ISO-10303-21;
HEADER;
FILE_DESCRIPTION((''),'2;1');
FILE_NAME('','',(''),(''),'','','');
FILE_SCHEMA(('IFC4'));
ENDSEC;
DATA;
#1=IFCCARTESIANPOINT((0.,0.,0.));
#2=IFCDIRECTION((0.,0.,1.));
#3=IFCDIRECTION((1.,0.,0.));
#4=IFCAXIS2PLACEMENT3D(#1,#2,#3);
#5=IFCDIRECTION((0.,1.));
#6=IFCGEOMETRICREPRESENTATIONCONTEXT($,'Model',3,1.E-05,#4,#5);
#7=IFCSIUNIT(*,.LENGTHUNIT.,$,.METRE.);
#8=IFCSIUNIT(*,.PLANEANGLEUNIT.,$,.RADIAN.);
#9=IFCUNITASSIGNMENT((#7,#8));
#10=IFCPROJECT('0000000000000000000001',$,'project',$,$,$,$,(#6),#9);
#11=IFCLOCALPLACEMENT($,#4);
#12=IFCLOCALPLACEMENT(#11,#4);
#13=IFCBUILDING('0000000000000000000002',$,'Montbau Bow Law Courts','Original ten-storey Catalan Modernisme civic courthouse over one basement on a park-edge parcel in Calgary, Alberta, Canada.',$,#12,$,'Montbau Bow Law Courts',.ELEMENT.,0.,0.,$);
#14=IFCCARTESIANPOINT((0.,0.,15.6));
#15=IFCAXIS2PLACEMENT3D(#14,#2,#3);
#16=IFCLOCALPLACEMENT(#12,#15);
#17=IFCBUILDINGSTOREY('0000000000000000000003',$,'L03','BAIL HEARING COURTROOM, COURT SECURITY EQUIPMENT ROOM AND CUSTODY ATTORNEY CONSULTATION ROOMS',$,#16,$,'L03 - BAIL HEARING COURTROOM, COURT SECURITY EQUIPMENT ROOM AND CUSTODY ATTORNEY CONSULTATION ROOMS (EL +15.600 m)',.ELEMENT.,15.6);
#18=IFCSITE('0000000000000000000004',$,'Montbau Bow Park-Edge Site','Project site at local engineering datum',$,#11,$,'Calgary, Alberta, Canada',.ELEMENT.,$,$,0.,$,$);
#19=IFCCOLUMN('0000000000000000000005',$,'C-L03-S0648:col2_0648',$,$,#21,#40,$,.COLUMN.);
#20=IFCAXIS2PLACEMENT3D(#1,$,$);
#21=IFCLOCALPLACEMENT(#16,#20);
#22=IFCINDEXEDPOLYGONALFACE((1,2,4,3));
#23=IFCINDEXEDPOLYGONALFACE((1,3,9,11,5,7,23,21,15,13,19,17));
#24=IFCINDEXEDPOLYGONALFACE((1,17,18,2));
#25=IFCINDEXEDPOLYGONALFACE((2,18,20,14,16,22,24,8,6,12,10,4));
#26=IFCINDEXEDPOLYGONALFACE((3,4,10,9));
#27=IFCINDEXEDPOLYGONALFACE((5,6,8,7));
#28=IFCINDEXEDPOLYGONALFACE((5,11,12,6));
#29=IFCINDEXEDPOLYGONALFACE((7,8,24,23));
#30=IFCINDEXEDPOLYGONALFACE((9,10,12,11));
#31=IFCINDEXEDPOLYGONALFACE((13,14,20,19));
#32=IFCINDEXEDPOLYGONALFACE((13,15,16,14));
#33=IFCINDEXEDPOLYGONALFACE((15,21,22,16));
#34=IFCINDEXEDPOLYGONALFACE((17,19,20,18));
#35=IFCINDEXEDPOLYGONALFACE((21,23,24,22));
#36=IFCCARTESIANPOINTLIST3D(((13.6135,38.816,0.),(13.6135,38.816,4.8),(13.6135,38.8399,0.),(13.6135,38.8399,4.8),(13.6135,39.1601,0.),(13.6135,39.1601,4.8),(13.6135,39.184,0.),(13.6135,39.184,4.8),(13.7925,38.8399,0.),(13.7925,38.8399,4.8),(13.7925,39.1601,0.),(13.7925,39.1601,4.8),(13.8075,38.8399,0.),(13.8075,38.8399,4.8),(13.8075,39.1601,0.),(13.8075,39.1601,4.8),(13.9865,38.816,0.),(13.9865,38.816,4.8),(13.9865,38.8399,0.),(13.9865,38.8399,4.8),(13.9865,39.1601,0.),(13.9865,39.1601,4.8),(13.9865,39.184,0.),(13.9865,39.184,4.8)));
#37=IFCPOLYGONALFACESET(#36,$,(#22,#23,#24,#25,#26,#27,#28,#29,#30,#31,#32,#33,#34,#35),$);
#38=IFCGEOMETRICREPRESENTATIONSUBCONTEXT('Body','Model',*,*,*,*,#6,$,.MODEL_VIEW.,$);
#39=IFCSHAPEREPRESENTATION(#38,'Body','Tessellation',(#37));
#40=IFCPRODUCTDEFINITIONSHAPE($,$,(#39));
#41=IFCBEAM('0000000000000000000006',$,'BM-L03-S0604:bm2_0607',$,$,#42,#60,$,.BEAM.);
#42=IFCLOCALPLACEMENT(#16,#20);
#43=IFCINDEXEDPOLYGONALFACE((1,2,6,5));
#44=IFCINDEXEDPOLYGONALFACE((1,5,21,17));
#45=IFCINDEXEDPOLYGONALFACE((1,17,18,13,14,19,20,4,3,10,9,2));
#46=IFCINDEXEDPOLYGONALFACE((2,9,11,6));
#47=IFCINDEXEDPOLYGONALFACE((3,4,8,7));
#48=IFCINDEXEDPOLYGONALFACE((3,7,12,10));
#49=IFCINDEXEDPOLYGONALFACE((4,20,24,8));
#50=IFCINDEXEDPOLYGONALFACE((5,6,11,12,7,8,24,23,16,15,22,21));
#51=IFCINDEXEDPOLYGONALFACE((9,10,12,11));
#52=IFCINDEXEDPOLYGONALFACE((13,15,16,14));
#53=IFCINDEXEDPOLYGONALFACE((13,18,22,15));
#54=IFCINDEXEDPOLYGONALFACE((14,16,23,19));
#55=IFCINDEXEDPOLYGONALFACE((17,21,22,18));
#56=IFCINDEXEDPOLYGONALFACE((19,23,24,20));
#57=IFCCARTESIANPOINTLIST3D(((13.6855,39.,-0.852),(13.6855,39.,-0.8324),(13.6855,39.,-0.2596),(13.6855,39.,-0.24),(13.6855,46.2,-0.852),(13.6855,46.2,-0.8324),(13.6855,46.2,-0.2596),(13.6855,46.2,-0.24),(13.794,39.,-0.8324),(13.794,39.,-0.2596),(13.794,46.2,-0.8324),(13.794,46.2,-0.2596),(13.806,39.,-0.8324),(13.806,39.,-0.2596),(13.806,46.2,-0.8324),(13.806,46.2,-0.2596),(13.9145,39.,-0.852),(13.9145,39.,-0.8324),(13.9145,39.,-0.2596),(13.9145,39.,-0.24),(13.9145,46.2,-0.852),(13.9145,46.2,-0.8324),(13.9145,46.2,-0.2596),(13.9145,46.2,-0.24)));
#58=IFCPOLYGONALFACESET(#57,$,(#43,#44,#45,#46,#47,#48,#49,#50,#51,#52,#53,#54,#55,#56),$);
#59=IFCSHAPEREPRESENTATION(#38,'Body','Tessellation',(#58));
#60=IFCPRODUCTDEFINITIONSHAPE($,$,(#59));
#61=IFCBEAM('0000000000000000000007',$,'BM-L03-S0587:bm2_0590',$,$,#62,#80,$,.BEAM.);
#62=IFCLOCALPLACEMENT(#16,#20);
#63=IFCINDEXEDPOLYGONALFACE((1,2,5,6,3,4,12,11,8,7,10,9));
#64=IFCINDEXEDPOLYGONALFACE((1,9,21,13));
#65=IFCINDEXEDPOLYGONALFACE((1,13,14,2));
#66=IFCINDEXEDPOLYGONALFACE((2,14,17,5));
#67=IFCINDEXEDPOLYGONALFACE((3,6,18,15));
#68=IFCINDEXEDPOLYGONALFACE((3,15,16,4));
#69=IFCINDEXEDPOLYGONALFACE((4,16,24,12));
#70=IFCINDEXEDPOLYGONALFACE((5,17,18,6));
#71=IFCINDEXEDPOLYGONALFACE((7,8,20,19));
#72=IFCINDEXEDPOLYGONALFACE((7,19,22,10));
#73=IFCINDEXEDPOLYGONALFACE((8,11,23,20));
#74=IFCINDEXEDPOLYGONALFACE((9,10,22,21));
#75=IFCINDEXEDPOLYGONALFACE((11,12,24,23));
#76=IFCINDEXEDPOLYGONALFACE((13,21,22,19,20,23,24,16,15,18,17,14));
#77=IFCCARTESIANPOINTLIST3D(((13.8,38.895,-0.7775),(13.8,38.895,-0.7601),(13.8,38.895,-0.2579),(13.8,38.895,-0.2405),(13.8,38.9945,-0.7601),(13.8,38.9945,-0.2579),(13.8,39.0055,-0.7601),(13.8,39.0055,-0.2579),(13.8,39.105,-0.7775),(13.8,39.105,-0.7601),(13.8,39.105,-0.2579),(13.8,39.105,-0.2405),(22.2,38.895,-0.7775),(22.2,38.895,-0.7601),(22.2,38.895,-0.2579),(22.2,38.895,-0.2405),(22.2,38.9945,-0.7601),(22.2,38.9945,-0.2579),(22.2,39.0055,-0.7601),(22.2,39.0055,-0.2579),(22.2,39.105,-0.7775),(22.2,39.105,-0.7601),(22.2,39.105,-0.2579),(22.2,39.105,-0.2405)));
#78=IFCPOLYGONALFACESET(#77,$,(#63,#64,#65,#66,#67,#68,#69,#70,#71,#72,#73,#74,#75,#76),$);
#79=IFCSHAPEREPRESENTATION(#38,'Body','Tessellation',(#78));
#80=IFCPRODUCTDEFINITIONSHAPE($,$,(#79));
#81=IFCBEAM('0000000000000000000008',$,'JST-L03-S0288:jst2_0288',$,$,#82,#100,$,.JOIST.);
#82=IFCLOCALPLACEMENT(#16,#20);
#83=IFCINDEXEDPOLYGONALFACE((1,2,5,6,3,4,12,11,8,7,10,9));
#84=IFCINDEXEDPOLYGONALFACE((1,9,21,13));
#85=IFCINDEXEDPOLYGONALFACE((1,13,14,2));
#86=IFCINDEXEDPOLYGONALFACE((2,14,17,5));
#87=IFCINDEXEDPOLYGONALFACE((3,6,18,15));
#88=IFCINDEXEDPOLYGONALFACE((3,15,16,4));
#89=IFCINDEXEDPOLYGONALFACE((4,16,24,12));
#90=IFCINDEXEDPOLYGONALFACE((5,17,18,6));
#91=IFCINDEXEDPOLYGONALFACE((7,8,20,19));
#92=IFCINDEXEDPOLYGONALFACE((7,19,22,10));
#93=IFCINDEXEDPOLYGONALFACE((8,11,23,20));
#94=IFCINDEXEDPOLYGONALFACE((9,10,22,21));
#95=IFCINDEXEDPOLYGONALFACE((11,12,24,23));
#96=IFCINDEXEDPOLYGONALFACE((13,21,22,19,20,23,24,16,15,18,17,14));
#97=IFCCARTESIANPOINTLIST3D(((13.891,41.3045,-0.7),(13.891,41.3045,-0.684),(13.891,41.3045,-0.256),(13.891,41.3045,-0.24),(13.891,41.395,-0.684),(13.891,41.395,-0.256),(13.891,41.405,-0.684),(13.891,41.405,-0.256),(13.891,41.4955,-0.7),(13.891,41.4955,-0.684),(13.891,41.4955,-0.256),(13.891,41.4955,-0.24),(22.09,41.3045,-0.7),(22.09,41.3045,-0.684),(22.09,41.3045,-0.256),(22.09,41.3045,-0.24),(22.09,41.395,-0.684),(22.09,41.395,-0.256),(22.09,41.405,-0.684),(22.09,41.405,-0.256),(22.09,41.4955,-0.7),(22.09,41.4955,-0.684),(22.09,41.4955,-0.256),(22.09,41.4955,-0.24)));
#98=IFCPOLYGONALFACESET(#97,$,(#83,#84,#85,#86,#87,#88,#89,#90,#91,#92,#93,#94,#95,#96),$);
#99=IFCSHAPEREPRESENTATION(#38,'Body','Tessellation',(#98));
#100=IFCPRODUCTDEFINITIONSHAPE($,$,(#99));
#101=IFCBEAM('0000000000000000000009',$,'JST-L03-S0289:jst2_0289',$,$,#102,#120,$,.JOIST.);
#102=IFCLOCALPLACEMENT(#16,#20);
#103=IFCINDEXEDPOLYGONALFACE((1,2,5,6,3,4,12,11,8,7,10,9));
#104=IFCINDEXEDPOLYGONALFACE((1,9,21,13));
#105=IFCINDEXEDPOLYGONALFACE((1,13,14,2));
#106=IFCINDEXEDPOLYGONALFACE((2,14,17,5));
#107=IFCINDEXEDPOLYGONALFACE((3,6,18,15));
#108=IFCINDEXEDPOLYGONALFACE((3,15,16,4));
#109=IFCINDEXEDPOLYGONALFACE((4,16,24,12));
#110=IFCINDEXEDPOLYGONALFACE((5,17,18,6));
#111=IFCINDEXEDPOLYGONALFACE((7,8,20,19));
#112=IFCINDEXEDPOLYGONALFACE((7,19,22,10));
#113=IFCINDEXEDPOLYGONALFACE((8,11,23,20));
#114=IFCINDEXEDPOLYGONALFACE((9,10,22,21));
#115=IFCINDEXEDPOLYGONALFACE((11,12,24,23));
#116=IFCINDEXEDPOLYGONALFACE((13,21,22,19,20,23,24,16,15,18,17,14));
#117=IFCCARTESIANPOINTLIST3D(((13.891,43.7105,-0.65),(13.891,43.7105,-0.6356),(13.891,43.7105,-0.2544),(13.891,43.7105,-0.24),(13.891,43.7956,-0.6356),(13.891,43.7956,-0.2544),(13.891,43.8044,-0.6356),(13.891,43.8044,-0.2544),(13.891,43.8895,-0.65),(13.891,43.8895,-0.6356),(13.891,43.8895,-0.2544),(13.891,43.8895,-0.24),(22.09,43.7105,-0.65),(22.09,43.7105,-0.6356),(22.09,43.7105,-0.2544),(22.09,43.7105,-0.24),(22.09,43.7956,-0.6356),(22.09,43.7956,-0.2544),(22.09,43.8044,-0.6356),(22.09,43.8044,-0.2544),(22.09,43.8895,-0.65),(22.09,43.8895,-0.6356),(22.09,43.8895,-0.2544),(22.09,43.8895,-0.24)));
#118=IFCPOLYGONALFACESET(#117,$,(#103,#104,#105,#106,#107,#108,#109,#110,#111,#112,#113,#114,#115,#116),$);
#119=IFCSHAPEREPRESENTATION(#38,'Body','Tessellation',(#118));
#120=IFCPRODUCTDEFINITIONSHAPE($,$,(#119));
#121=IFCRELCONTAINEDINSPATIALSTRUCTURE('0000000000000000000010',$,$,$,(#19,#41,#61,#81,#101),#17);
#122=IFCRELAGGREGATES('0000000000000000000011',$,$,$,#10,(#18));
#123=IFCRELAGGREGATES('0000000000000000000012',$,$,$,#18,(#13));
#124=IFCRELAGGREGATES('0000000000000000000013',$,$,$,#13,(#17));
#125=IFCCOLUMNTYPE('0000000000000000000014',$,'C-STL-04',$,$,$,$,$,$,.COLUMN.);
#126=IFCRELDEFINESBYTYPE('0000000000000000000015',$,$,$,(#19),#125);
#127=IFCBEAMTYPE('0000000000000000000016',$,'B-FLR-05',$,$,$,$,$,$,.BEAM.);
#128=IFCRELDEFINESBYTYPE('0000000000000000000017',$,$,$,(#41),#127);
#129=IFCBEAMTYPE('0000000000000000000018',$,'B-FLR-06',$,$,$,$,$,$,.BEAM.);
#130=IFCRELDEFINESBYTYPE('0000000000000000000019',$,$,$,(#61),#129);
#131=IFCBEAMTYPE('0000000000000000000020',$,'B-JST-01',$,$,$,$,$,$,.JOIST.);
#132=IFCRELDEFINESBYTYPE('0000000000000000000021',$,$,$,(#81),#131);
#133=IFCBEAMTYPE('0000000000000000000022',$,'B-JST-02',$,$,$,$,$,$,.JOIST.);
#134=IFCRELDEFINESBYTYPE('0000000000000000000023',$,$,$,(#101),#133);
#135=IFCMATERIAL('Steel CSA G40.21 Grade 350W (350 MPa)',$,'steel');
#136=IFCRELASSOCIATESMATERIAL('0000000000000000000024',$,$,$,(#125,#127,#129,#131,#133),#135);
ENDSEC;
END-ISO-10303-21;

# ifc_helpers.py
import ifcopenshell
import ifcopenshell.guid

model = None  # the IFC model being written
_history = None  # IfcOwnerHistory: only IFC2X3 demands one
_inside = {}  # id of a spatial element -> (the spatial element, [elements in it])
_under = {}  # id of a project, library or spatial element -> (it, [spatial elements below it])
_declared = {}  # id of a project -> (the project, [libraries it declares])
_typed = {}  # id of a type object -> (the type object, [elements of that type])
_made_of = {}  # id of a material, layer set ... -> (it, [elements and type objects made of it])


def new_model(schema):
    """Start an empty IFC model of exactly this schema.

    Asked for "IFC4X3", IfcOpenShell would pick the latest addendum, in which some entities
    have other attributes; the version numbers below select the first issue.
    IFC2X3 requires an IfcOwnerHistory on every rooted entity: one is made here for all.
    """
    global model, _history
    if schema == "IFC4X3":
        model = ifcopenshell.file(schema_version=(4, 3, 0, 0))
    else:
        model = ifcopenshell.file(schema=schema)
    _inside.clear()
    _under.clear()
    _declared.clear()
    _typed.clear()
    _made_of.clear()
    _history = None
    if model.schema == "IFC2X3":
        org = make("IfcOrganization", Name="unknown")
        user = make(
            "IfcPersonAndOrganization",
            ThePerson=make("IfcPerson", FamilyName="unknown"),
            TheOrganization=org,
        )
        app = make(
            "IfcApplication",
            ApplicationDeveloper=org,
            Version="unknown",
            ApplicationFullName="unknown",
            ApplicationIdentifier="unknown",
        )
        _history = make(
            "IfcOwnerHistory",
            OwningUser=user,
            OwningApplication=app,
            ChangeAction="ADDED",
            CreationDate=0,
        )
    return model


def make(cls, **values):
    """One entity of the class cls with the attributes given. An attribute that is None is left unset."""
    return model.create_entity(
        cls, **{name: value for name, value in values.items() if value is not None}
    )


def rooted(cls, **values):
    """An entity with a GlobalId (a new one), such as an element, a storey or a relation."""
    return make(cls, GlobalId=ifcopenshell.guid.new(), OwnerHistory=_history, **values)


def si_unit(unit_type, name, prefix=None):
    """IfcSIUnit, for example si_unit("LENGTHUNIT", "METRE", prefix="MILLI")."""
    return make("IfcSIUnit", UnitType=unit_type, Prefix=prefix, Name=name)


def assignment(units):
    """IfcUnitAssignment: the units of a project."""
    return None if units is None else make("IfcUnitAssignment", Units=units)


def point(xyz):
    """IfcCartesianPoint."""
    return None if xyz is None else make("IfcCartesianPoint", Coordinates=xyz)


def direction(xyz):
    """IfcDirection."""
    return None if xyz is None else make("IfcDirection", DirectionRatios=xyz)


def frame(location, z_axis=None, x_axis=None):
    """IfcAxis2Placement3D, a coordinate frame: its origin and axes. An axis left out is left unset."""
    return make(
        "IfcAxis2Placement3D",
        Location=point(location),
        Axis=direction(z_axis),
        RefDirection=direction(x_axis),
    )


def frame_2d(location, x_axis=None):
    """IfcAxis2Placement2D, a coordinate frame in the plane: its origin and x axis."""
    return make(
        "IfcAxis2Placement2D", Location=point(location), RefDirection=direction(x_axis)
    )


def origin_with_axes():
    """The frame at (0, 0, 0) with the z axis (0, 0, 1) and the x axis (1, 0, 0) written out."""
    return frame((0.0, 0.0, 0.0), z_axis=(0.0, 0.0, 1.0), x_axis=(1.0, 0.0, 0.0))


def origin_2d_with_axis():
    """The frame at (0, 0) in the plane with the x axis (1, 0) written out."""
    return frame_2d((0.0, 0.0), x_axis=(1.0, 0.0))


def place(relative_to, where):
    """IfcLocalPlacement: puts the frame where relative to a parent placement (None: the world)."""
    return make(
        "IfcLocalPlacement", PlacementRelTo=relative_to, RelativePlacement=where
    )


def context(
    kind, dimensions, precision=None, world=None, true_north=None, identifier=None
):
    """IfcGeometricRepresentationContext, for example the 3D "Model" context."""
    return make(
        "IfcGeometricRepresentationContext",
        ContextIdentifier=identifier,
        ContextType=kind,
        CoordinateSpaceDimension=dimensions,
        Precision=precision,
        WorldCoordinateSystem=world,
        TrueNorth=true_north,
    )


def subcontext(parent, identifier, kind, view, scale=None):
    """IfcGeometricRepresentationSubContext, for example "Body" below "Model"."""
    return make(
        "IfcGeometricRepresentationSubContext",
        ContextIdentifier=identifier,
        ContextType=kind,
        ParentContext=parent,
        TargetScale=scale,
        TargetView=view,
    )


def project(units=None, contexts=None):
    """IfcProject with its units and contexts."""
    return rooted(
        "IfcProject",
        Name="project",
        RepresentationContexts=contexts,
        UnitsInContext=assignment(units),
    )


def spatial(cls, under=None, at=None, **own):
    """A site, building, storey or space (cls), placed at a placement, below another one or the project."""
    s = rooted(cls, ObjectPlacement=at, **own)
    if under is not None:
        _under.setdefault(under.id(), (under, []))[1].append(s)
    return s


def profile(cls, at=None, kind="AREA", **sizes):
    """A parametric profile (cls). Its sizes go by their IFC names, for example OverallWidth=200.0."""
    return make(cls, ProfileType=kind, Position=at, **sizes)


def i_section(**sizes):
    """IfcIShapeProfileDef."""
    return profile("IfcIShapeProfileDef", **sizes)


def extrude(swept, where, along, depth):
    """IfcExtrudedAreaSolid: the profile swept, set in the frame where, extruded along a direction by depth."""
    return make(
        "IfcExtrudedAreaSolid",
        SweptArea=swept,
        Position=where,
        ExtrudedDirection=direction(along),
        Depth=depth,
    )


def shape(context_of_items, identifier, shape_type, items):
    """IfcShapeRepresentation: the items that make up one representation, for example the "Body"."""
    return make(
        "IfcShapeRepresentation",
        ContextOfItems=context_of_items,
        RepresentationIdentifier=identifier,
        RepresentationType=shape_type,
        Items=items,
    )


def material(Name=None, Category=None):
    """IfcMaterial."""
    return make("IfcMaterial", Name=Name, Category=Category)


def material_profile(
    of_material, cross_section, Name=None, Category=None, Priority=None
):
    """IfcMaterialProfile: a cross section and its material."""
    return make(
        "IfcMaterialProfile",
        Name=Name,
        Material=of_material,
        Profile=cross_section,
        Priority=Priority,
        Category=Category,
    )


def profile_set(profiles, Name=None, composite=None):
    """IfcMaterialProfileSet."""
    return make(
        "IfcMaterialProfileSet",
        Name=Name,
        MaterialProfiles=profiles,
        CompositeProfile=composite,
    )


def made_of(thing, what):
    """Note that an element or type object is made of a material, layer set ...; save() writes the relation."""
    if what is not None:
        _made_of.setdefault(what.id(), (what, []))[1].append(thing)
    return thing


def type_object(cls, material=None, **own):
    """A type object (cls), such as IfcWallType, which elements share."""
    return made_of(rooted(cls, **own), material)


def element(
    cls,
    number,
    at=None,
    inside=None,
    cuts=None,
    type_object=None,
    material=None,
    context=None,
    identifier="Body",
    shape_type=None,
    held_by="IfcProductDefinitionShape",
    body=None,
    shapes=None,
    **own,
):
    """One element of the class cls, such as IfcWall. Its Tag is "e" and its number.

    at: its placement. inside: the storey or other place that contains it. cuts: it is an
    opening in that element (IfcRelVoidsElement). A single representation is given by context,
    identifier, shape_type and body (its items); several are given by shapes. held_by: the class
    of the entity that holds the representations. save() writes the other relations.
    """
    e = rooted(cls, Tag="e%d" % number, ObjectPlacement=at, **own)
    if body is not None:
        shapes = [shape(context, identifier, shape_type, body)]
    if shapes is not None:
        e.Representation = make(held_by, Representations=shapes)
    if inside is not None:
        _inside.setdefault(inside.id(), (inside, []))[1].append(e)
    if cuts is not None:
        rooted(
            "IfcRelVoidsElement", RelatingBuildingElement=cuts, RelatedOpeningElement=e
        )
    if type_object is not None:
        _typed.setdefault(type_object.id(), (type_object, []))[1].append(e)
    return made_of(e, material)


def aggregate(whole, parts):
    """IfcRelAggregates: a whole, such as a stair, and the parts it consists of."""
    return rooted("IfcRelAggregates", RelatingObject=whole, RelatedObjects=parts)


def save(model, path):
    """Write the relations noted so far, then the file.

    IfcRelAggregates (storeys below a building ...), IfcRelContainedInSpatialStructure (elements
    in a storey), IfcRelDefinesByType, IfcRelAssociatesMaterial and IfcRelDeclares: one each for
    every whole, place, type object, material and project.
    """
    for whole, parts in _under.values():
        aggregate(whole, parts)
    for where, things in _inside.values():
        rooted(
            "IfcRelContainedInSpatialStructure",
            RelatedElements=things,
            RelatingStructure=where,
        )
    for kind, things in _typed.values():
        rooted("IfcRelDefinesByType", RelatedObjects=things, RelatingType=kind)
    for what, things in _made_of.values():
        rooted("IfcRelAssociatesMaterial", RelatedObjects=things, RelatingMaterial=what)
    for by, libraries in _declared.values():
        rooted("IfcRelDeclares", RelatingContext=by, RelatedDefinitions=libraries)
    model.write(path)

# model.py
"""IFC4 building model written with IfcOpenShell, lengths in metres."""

from ifc_helpers import new_model, si_unit, direction, frame, origin_with_axes, origin_2d_with_axis, place, context, subcontext, project, spatial, i_section, extrude, material, material_profile, profile_set, type_object, element, save


model = new_model("IFC4")

# Units and contexts
model_context = context("Model", 3, precision=1e-05, world=origin_with_axes(), true_north=direction((0.0, 1.0)))
body_context = subcontext(model_context, "Body", "Model", "MODEL_VIEW")
ifc_project = project(units=[si_unit("LENGTHUNIT", "METRE"), si_unit("PLANEANGLEUNIT", "RADIAN")], contexts=[model_context])

# Site, building, storey
site_placement = place(None, origin_with_axes())
site = spatial("IfcSite", under=ifc_project, at=site_placement, Name="Montbau Bow Park-Edge Site", Description="Project site at local engineering datum", LongName="Calgary, Alberta, Canada", CompositionType="ELEMENT", RefElevation=0.0)
building_placement = place(site_placement, origin_with_axes())
building = spatial("IfcBuilding", under=site, at=building_placement, Name="Montbau Bow Law Courts", Description="Original ten-storey Catalan Modernisme civic courthouse over one basement on a park-edge parcel in Calgary, Alberta, Canada.", LongName="Montbau Bow Law Courts", CompositionType="ELEMENT", ElevationOfRefHeight=0.0, ElevationOfTerrain=0.0)
storey_placement = place(building_placement, frame((0.0, 0.0, 15.6), z_axis=(0.0, 0.0, 1.0), x_axis=(1.0, 0.0, 0.0)))
storey = spatial("IfcBuildingStorey", under=building, at=storey_placement, Name="L03", Description="BAIL HEARING COURTROOM, COURT SECURITY EQUIPMENT ROOM AND CUSTODY ATTORNEY CONSULTATION ROOMS", LongName="L03 - BAIL HEARING COURTROOM, COURT SECURITY EQUIPMENT ROOM AND CUSTODY ATTORNEY CONSULTATION ROOMS (EL +15.600 m)", CompositionType="ELEMENT", Elevation=15.6)

# Column
ifc_material_1 = material(Name="Steel CSA G40.21 Grade 350W (350 MPa)", Category="steel")
ifc_material_profile_1 = material_profile(ifc_material_1, i_section(OverallWidth=0.373, OverallDepth=0.368, WebThickness=0.015, FlangeThickness=0.0239, at=origin_2d_with_axis()), Name="W360X179", Category="Main", Priority=0)
ifc_profile_set_1 = profile_set([ifc_material_profile_1], Name="Steel CSA G40.21 Grade 350W (350 MPa)")
column_type = type_object("IfcColumnType", Name="C-STL-04", PredefinedType="COLUMN", material=ifc_profile_set_1)
column_placement = place(None, frame((13.8, 39.0, 15.6), z_axis=(0.0, 0.0, 1.0), x_axis=(1.0, 0.0, 0.0)))
element("IfcColumn", 1, at=column_placement, inside=storey, type_object=column_type, Name="C-L03-S0648:col2_0648", PredefinedType="COLUMN", context=body_context, shape_type="SweptSolid", body=[
    extrude(i_section(OverallWidth=0.373, OverallDepth=0.368, WebThickness=0.015, FlangeThickness=0.0239, at=origin_2d_with_axis()), origin_with_axes(), (0.0, 0.0, 1.0), 4.8),
])

# Beams
ifc_material_profile_2 = material_profile(ifc_material_1, i_section(OverallWidth=0.229, OverallDepth=0.612, WebThickness=0.0119, FlangeThickness=0.0196, at=origin_2d_with_axis()), Name="W610X125", Category="Main", Priority=0)
ifc_profile_set_2 = profile_set([ifc_material_profile_2], Name="Steel CSA G40.21 Grade 350W (350 MPa)")
beam_type_1 = type_object("IfcBeamType", Name="B-FLR-05", PredefinedType="BEAM", material=ifc_profile_set_2)
beam_1_placement = place(None, frame((13.8, 39.0, 15.054), z_axis=(0.0, 1.0, 0.0), x_axis=(-1.0, 0.0, 0.0)))
element("IfcBeam", 2, at=beam_1_placement, inside=storey, type_object=beam_type_1, Name="BM-L03-S0604:bm2_0607", PredefinedType="BEAM", context=body_context, shape_type="SweptSolid", body=[
    extrude(i_section(OverallWidth=0.229, OverallDepth=0.612, WebThickness=0.0119, FlangeThickness=0.0196, at=origin_2d_with_axis()), origin_with_axes(), (0.0, 0.0, 1.0), 7.2),
])
ifc_material_profile_3 = material_profile(ifc_material_1, i_section(OverallWidth=0.21, OverallDepth=0.537, WebThickness=0.0109, FlangeThickness=0.0174, at=origin_2d_with_axis()), Name="W530X101", Category="Main", Priority=0)
ifc_profile_set_3 = profile_set([ifc_material_profile_3], Name="Steel CSA G40.21 Grade 350W (350 MPa)")
beam_type_2 = type_object("IfcBeamType", Name="B-FLR-06", PredefinedType="BEAM", material=ifc_profile_set_3)
beam_2_placement = place(None, frame((13.8, 39.0, 15.091), z_axis=(1.0, 0.0, 0.0), x_axis=(0.0, 1.0, 0.0)))
element("IfcBeam", 3, at=beam_2_placement, inside=storey, type_object=beam_type_2, Name="BM-L03-S0587:bm2_0590", PredefinedType="BEAM", context=body_context, shape_type="SweptSolid", body=[
    extrude(i_section(OverallWidth=0.21, OverallDepth=0.537, WebThickness=0.0109, FlangeThickness=0.0174, at=origin_2d_with_axis()), origin_with_axes(), (0.0, 0.0, 1.0), 8.4),
])
ifc_material_profile_4 = material_profile(ifc_material_1, i_section(OverallWidth=0.191, OverallDepth=0.46, WebThickness=0.0099, FlangeThickness=0.016, at=origin_2d_with_axis()), Name="W460X82", Category="Main", Priority=0)
ifc_profile_set_4 = profile_set([ifc_material_profile_4], Name="Steel CSA G40.21 Grade 350W (350 MPa)")
beam_type_3 = type_object("IfcBeamType", Name="B-JST-01", PredefinedType="JOIST", material=ifc_profile_set_4)
beam_3_placement = place(None, frame((13.891, 41.4, 15.13), z_axis=(1.0, 0.0, 0.0), x_axis=(0.0, 1.0, 0.0)))
element("IfcBeam", 4, at=beam_3_placement, inside=storey, type_object=beam_type_3, Name="JST-L03-S0288:jst2_0288", PredefinedType="JOIST", context=body_context, shape_type="SweptSolid", body=[
    extrude(i_section(OverallWidth=0.191, OverallDepth=0.46, WebThickness=0.0099, FlangeThickness=0.016, at=origin_2d_with_axis()), origin_with_axes(), (0.0, 0.0, 1.0), 8.199),
])
ifc_material_profile_5 = material_profile(ifc_material_1, i_section(OverallWidth=0.179, OverallDepth=0.41, WebThickness=0.0088, FlangeThickness=0.0144, at=origin_2d_with_axis()), Name="W410X67", Category="Main", Priority=0)
ifc_profile_set_5 = profile_set([ifc_material_profile_5], Name="Steel CSA G40.21 Grade 350W (350 MPa)")
beam_type_4 = type_object("IfcBeamType", Name="B-JST-02", PredefinedType="JOIST", material=ifc_profile_set_5)
beam_4_placement = place(None, frame((13.891, 43.8, 15.155), z_axis=(1.0, 0.0, 0.0), x_axis=(0.0, 1.0, 0.0)))
element("IfcBeam", 5, at=beam_4_placement, inside=storey, type_object=beam_type_4, Name="JST-L03-S0289:jst2_0289", PredefinedType="JOIST", context=body_context, shape_type="SweptSolid", body=[
    extrude(i_section(OverallWidth=0.179, OverallDepth=0.41, WebThickness=0.0088, FlangeThickness=0.0144, at=origin_2d_with_axis()), origin_with_axes(), (0.0, 0.0, 1.0), 8.199),
])

save(model, "model.ifc")
